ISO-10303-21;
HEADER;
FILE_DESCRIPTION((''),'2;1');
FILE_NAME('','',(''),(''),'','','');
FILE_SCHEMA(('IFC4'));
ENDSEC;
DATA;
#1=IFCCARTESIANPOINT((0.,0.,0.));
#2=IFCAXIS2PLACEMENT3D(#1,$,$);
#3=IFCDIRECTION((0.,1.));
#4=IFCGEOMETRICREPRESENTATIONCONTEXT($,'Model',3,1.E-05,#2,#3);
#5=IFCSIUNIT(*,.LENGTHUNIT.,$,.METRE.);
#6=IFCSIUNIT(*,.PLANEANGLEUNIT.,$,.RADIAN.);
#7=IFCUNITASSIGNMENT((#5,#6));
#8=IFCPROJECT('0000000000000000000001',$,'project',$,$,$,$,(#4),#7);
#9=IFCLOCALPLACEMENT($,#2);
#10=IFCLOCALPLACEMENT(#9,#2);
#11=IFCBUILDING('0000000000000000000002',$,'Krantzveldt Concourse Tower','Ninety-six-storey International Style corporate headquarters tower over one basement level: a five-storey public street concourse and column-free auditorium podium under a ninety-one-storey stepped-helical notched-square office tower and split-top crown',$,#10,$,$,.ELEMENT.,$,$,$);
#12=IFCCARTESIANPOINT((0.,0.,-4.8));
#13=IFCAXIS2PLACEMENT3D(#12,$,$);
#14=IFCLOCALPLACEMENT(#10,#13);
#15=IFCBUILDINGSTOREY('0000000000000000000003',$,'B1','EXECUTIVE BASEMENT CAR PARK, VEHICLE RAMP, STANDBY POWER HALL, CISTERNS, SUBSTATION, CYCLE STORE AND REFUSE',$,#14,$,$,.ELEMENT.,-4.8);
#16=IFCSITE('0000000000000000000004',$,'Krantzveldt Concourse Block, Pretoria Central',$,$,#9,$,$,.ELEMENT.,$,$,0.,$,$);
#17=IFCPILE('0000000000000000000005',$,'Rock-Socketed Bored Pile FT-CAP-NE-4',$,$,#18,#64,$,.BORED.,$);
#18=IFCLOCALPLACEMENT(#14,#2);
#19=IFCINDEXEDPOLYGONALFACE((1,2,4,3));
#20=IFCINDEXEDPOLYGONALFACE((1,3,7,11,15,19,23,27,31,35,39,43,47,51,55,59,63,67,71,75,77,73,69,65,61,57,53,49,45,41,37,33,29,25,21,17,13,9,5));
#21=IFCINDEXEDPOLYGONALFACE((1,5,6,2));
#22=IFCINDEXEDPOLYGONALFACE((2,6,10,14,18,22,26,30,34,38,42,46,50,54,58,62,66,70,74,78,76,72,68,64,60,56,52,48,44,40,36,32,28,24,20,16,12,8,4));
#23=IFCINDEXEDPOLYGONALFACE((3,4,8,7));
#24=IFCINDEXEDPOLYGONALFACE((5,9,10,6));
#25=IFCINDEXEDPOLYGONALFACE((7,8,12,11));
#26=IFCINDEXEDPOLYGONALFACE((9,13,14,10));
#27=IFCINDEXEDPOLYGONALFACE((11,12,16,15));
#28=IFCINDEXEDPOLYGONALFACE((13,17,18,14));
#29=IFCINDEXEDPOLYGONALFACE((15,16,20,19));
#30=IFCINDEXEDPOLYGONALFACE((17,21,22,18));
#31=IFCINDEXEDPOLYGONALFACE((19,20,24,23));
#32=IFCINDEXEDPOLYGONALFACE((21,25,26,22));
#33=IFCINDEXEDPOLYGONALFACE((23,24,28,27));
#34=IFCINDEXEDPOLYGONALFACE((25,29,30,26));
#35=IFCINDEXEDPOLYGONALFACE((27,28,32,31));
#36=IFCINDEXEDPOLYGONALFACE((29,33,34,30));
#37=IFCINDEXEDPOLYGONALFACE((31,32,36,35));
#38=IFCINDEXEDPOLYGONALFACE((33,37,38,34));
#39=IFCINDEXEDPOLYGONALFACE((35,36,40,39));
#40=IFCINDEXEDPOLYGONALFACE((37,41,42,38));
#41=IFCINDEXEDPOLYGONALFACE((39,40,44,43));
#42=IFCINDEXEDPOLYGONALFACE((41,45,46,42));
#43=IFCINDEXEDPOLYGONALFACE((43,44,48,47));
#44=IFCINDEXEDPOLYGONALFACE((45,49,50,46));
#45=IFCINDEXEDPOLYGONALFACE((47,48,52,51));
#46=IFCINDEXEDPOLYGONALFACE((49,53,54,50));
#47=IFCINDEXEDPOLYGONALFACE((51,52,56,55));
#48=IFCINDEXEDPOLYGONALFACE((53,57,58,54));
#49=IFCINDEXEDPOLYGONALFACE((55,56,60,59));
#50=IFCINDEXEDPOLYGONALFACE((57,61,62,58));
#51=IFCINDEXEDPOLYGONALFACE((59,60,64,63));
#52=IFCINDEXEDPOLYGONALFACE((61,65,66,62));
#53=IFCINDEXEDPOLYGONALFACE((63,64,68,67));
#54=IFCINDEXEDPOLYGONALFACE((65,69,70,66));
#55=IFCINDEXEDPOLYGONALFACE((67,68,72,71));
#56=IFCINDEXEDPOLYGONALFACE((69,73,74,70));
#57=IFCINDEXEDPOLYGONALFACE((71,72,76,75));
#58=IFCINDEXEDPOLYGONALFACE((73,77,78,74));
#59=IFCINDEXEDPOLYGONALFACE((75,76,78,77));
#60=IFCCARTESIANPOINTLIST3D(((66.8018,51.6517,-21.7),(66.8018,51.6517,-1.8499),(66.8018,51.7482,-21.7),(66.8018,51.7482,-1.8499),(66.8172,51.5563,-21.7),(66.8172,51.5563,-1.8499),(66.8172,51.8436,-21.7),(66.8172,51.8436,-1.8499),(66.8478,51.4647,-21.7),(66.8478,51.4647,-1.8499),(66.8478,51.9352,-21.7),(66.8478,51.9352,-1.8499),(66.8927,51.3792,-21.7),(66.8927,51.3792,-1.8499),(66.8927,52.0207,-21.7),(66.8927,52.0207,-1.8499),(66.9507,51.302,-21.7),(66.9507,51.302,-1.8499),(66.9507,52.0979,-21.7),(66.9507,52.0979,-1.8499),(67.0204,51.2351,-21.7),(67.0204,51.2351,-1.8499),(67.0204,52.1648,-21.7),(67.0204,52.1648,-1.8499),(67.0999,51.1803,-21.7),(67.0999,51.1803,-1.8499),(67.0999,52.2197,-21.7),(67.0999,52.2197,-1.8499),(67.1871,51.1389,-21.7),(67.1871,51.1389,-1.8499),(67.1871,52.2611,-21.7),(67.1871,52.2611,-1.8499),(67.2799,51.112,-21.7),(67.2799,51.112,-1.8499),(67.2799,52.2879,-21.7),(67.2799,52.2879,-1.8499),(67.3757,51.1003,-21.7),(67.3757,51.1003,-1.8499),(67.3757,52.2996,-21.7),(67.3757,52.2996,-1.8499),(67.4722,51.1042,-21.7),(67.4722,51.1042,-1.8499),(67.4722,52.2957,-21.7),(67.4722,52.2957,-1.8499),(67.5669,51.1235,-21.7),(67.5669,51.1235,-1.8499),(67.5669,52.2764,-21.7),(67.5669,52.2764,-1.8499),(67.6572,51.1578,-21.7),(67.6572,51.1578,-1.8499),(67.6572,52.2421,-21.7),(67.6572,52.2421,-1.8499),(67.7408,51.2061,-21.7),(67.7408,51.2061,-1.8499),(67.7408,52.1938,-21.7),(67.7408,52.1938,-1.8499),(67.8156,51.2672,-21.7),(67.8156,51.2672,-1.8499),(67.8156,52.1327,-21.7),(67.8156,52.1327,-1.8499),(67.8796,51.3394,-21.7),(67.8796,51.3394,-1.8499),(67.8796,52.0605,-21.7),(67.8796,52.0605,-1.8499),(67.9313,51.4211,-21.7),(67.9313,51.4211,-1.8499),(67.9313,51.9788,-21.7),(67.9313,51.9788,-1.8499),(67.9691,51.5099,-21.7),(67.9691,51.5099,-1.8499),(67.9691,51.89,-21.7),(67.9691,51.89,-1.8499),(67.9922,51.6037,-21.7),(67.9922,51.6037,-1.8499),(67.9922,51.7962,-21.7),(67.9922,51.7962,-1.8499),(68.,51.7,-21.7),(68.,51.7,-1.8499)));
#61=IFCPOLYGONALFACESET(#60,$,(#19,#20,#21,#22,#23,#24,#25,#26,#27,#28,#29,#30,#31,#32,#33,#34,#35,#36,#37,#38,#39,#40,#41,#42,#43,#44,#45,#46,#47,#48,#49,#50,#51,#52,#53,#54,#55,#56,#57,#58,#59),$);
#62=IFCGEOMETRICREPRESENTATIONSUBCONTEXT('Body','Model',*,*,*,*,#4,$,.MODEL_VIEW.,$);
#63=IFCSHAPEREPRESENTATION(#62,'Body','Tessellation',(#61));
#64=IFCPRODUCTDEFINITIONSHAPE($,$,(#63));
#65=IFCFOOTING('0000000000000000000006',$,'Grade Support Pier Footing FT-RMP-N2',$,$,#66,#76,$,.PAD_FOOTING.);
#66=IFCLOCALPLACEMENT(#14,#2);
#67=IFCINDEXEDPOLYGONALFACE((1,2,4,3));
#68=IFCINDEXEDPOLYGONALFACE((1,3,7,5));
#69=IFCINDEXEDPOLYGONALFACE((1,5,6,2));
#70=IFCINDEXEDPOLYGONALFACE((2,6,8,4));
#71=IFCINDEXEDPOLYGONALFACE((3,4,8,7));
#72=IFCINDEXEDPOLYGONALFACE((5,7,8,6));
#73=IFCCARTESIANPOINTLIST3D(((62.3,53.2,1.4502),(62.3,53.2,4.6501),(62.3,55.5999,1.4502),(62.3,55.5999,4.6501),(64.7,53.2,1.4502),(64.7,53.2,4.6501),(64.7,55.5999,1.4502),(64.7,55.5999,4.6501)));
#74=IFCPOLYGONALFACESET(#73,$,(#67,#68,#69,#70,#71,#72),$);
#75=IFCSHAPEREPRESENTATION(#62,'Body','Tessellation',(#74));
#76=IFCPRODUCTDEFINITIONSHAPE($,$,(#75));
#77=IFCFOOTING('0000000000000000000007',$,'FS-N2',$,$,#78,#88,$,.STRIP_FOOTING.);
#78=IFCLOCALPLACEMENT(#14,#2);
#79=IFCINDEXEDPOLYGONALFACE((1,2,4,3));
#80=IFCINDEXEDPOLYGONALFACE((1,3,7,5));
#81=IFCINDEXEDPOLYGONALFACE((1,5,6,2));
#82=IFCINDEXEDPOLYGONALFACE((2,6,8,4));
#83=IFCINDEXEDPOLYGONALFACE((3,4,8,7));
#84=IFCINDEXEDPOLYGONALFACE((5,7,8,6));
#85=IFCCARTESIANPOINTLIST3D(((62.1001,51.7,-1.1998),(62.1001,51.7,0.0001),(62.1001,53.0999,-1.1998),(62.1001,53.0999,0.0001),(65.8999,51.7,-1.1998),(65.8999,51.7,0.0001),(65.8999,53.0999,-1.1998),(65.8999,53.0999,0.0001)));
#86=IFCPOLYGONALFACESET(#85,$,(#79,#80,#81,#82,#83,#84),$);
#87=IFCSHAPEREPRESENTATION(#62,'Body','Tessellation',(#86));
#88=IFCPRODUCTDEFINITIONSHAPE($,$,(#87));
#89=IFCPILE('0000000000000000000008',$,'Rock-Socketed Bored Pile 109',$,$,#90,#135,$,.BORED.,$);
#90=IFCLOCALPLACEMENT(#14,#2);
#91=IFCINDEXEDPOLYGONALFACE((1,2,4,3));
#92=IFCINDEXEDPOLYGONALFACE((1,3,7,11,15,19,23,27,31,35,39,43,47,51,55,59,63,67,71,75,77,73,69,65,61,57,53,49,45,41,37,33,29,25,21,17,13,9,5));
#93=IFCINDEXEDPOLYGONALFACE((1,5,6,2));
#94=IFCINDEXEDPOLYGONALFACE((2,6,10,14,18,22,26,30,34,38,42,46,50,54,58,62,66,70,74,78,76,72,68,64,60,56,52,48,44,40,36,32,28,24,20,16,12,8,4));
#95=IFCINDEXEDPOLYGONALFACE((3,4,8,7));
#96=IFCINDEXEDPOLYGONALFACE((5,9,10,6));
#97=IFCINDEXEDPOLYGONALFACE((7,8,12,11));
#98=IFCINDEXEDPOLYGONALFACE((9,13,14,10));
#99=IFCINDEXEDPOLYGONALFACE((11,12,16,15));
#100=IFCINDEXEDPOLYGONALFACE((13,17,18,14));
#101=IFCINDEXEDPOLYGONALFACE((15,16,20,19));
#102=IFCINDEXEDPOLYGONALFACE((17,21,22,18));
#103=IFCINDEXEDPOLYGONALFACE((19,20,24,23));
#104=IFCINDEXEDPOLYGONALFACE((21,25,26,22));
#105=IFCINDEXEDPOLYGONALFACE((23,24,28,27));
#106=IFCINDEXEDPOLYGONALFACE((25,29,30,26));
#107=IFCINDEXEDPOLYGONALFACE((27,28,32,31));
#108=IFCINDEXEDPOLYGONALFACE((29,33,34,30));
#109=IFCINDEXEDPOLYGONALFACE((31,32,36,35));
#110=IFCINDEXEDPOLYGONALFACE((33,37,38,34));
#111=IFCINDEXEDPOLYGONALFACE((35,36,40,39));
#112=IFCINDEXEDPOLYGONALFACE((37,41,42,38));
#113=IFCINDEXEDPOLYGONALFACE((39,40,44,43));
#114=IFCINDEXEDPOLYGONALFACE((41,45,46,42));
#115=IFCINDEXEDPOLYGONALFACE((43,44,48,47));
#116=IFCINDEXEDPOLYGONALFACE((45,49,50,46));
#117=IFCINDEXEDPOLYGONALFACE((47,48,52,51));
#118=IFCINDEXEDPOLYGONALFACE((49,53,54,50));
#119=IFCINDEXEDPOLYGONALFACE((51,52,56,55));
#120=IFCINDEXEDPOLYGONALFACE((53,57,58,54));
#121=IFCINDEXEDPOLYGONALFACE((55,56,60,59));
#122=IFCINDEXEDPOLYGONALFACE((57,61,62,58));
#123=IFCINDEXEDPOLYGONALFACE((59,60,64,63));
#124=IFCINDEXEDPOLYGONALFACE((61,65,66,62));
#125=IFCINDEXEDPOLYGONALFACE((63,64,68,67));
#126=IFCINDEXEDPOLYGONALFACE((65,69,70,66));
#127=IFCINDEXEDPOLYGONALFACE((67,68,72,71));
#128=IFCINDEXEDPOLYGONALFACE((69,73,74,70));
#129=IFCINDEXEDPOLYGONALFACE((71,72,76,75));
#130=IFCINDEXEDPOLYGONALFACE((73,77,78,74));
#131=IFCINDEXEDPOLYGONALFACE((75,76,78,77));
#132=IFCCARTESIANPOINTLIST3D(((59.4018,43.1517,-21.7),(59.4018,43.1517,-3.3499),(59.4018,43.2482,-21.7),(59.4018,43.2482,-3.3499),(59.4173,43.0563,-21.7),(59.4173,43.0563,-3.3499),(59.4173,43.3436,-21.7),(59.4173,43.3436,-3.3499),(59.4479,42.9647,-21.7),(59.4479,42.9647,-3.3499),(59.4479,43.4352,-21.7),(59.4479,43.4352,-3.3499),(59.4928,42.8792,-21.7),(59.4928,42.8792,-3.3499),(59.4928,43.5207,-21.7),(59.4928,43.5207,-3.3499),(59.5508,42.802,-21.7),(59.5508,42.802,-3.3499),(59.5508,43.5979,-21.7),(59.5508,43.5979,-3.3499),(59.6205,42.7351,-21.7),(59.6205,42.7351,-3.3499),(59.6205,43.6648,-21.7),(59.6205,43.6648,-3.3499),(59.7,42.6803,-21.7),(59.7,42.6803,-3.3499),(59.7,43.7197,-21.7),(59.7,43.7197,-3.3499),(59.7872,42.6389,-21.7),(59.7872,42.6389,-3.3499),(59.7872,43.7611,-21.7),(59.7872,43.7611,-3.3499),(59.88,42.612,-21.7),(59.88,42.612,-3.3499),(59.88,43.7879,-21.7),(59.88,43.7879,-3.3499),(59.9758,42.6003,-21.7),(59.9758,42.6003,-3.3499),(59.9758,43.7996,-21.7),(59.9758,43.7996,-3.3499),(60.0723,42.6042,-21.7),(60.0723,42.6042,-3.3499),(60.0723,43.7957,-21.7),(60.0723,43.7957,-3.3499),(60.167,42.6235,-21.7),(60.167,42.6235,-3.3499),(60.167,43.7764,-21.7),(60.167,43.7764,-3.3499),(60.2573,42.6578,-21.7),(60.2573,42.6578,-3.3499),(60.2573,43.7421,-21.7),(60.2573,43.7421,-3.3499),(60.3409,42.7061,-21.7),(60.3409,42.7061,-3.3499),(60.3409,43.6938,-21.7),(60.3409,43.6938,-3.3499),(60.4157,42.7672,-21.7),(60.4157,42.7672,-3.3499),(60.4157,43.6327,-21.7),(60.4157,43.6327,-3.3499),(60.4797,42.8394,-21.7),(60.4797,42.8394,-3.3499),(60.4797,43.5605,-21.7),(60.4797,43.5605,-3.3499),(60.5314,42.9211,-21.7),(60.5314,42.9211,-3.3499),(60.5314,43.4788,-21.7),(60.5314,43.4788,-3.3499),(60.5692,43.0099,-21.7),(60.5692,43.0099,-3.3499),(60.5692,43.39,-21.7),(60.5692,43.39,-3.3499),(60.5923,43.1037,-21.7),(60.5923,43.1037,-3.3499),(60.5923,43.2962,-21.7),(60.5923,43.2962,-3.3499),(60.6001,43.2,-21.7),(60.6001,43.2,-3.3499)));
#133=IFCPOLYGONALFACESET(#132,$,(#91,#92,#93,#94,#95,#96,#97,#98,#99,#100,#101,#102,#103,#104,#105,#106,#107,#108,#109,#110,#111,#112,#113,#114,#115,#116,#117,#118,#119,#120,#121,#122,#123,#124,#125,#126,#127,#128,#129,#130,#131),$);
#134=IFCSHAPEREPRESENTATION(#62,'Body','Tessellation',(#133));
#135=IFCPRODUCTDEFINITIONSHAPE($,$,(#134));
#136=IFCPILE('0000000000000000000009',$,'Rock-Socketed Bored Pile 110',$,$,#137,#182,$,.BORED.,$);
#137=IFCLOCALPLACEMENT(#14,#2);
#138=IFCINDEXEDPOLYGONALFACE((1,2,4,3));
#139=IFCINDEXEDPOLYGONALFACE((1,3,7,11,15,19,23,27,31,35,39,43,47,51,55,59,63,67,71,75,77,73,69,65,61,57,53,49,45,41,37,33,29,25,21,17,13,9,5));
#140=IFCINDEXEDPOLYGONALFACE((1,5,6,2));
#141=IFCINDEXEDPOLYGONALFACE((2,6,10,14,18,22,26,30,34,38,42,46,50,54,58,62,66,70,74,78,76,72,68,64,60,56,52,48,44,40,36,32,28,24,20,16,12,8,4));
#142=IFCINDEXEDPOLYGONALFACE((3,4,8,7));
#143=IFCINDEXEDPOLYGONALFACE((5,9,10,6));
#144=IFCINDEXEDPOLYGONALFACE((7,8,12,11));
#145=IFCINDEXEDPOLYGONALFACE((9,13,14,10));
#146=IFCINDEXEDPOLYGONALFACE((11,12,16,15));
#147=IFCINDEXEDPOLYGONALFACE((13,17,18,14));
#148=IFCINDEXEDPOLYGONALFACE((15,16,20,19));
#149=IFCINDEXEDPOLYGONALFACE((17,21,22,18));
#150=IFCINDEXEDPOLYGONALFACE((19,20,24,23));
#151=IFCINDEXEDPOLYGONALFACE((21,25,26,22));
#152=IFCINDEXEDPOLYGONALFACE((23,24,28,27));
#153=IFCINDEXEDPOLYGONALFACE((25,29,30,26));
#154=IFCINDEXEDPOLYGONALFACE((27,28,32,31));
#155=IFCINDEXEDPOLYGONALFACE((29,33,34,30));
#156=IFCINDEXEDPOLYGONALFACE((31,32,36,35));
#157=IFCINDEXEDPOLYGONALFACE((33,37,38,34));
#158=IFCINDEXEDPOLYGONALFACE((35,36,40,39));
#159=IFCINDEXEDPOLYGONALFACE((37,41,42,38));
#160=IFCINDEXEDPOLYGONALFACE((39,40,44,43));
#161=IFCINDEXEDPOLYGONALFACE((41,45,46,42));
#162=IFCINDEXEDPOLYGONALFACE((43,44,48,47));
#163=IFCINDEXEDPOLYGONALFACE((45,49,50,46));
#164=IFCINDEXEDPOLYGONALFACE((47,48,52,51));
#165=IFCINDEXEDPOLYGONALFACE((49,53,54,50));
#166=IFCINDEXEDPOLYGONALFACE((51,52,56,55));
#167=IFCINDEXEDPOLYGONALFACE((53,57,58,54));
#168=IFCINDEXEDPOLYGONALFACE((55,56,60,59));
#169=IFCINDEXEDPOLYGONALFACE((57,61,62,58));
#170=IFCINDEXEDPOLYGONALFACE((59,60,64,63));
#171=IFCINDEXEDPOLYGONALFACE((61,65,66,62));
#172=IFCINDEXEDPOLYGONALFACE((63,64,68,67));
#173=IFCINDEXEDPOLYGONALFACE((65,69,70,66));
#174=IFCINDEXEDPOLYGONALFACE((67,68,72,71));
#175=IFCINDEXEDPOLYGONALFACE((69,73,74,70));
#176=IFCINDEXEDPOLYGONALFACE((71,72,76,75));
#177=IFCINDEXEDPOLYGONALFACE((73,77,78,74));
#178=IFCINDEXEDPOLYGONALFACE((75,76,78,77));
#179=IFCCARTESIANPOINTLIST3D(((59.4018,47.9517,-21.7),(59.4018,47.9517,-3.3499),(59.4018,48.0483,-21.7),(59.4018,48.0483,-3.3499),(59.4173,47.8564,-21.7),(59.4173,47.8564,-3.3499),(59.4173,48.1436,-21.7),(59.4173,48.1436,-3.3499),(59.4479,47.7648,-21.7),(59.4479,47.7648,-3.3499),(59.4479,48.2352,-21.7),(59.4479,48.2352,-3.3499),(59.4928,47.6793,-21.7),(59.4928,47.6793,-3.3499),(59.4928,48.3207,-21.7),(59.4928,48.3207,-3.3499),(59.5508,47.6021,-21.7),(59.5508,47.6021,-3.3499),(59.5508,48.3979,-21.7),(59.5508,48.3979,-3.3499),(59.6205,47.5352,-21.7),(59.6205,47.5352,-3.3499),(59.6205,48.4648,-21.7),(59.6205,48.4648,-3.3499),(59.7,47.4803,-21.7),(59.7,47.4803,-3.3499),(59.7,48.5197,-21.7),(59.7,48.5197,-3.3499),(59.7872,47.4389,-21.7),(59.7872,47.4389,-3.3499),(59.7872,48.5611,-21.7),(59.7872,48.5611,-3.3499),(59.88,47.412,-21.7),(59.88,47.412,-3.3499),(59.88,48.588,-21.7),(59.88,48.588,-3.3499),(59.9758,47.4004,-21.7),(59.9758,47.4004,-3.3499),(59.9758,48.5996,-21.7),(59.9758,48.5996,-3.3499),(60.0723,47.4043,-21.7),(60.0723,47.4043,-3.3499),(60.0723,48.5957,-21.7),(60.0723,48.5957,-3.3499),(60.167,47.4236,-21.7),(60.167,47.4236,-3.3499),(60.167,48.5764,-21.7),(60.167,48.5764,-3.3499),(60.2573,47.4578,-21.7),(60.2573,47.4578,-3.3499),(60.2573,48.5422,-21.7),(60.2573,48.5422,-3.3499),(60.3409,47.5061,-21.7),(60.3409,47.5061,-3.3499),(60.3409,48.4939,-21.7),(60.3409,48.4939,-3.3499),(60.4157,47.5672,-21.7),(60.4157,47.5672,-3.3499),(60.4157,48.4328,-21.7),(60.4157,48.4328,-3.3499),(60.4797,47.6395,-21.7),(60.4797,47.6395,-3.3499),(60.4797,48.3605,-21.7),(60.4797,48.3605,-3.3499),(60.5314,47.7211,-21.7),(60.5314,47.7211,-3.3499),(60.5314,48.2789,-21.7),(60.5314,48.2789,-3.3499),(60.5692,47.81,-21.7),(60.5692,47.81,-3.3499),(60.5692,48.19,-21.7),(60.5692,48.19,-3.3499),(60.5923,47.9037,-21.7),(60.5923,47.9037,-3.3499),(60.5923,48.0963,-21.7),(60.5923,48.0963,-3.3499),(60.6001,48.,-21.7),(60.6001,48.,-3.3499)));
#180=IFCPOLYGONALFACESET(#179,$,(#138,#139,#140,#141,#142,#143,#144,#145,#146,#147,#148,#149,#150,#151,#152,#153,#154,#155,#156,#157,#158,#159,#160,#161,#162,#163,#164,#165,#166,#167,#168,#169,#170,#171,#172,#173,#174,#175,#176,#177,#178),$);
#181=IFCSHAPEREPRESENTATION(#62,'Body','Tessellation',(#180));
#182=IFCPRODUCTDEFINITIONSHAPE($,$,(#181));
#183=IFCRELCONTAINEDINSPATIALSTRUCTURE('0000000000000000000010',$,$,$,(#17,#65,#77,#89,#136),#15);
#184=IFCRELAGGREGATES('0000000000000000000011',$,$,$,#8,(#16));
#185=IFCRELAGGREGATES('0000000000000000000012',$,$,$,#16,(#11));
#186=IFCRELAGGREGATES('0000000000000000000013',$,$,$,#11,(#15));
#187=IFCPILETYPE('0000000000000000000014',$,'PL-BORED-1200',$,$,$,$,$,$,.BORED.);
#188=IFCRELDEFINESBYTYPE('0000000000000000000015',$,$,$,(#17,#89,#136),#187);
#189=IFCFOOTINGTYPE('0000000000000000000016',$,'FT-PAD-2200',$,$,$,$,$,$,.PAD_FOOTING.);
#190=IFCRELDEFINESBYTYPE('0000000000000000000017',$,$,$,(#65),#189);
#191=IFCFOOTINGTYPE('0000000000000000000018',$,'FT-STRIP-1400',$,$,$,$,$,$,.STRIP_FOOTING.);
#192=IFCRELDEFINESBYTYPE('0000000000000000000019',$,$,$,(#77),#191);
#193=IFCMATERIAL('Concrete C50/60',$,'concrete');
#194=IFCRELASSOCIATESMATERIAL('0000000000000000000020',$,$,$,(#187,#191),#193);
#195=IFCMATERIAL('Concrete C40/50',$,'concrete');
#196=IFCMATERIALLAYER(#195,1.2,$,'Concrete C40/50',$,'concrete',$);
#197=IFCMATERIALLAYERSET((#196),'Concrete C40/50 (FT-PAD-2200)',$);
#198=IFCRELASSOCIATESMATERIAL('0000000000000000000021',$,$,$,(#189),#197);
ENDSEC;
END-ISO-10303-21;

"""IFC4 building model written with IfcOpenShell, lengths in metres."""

from ifc_helpers import new_model, si_unit, direction, frame, origin, origin_2d, place, context, subcontext, project, spatial, rectangle, circle, extrude, source, transform, mapped, material, layer, layer_set, material_profile, profile_set, type_object, type_shapes, element, save


model = new_model("IFC4")

# Units and contexts
model_context = context("Model", 3, precision=1e-05, world=origin(), true_north=direction((0.0, 1.0)))
body_context = subcontext(model_context, "Body", "Model", "MODEL_VIEW")
ifc_project = project(units=[si_unit("LENGTHUNIT", "METRE"), si_unit("PLANEANGLEUNIT", "RADIAN")], contexts=[model_context])

# Site, building, storey
site_placement = place(None, origin())
site = spatial("IfcSite", under=ifc_project, at=site_placement, Name="Krantzveldt Concourse Block, Pretoria Central", CompositionType="ELEMENT", RefElevation=0.0)
building_placement = place(site_placement, origin())
building = spatial("IfcBuilding", under=site, at=building_placement, Name="Krantzveldt Concourse Tower", Description="Ninety-six-storey International Style corporate headquarters tower over one basement level: a five-storey public street concourse and column-free auditorium podium under a ninety-one-storey stepped-helical notched-square office tower and split-top crown", CompositionType="ELEMENT")
storey_placement = place(building_placement, frame((0.0, 0.0, -4.8)))
storey = spatial("IfcBuildingStorey", under=building, at=storey_placement, Name="B1", Description="EXECUTIVE BASEMENT CAR PARK, VEHICLE RAMP, STANDBY POWER HALL, CISTERNS, SUBSTATION, CYCLE STORE AND REFUSE", CompositionType="ELEMENT", Elevation=-4.8)

# Pile
ifc_material_1 = material(Name="Concrete C50/60", Category="concrete")
ifc_material_profile_1 = material_profile(ifc_material_1, circle(Radius=0.6001, at=origin_2d()), Name="Concrete C50/60", Category="concrete")
ifc_profile_set_1 = profile_set([ifc_material_profile_1], Name="Concrete C50/60 - PILE D1200")
pile_type = type_object("IfcPileType", Name="PL-BORED-1200", PredefinedType="BORED", material=ifc_profile_set_1)
shared_shape_1 = source(origin(), body_context, "Body", "SweptSolid", [
    extrude(circle(Radius=0.6001, at=origin_2d()), origin(), (0.0, 0.0, 1.0), 19.8501),
])
for number, where, z_axis, x_axis, name in (
    (1, (67.3999, 51.7, -1.8499), (0.0, 0.0, -1.0), (1.0, 0.0, 0.0), "Rock-Socketed Bored Pile FT-CAP-NE-4"),
):
    element("IfcPile", number, at=place(storey_placement, frame(where, z_axis=z_axis, x_axis=x_axis)), inside=storey, type_object=pile_type, Name=name, PredefinedType="BORED", context=body_context, shape_type="MappedRepresentation", body=[
        mapped(shared_shape_1, transform((0.0, 0.0, 0.0), x_axis=(1.0, 0.0, 0.0), y_axis=(0.0, 1.0, 0.0), z_axis=(0.0, 0.0, 1.0), scale=1.0)),
    ])

# Footings
ifc_material_2 = material(Name="Concrete C40/50", Category="concrete")
ifc_layer_1 = layer(ifc_material_2, 1.2, Name="Concrete C40/50", Category="concrete")
ifc_layer_set_1 = layer_set([ifc_layer_1], Name="Concrete C40/50 (FT-PAD-2200)")
footing_type_1 = type_object("IfcFootingType", Name="FT-PAD-2200", PredefinedType="PAD_FOOTING", material=ifc_layer_set_1)
shared_shape_2 = source(origin(), body_context, "Body", "SweptSolid", [
    extrude(rectangle(XDim=2.3999, YDim=2.3999, at=origin_2d()), origin(), (0.0, 0.0, 1.0), 3.2),
])
type_shapes(footing_type_1, [shared_shape_2])
footing_1_placement = place(storey_placement, frame((63.5, 54.3999, 1.4502), z_axis=(0.0, 0.0, 1.0), x_axis=(1.0, 0.0, 0.0)))
element("IfcFooting", 2, at=footing_1_placement, inside=storey, type_object=footing_type_1, Name="Grade Support Pier Footing FT-RMP-N2", PredefinedType="PAD_FOOTING", context=body_context, shape_type="MappedRepresentation", body=[
    mapped(shared_shape_2, transform((0.0, 0.0, 0.0), x_axis=(1.0, 0.0, 0.0), y_axis=(0.0, 1.0, 0.0), z_axis=(0.0, 0.0, 1.0), scale=1.0)),
])
ifc_material_profile_2 = material_profile(ifc_material_1, rectangle(XDim=1.3999, YDim=1.2, at=origin_2d()), Name="Concrete C50/60", Category="concrete")
ifc_profile_set_2 = profile_set([ifc_material_profile_2], Name="Concrete C50/60 - STRIP 1400x1200")
footing_type_2 = type_object("IfcFootingType", Name="FT-STRIP-1400", PredefinedType="STRIP_FOOTING", material=ifc_profile_set_2)
shared_shape_3 = source(origin(), body_context, "Body", "SweptSolid", [
    extrude(rectangle(XDim=1.3999, YDim=1.2, at=origin_2d()), origin(), (0.0, 0.0, 1.0), 3.7998),
])
type_shapes(footing_type_2, [shared_shape_3])
footing_2_placement = place(storey_placement, frame((62.1001, 52.3999, -0.5999), z_axis=(1.0, 0.0, 0.0), x_axis=(0.0, 1.0, 0.0)))
element("IfcFooting", 3, at=footing_2_placement, inside=storey, type_object=footing_type_2, Name="FS-N2", PredefinedType="STRIP_FOOTING", context=body_context, shape_type="MappedRepresentation", body=[
    mapped(shared_shape_3, transform((0.0, 0.0, 0.0), x_axis=(1.0, 0.0, 0.0), y_axis=(0.0, 1.0, 0.0), z_axis=(0.0, 0.0, 1.0), scale=1.0)),
])

# Piles
shared_shape_4 = source(origin(), body_context, "Body", "SweptSolid", [
    extrude(circle(Radius=0.6001, at=origin_2d()), origin(), (0.0, 0.0, 1.0), 18.3501),
])
type_shapes(pile_type, [shared_shape_1, shared_shape_4])
for number, where, z_axis, x_axis, name in (
    (4, (60.0, 43.2, -3.3499), (0.0, 0.0, -1.0), (1.0, 0.0, 0.0), "Rock-Socketed Bored Pile 109"),
    (5, (60.0, 48.0, -3.3499), (0.0, 0.0, -1.0), (1.0, 0.0, 0.0), "Rock-Socketed Bored Pile 110"),
):
    element("IfcPile", number, at=place(storey_placement, frame(where, z_axis=z_axis, x_axis=x_axis)), inside=storey, type_object=pile_type, Name=name, PredefinedType="BORED", context=body_context, shape_type="MappedRepresentation", body=[
        mapped(shared_shape_4, transform((0.0, 0.0, 0.0), x_axis=(1.0, 0.0, 0.0), y_axis=(0.0, 1.0, 0.0), z_axis=(0.0, 0.0, 1.0), scale=1.0)),
    ])

save(model, "model.ifc")
